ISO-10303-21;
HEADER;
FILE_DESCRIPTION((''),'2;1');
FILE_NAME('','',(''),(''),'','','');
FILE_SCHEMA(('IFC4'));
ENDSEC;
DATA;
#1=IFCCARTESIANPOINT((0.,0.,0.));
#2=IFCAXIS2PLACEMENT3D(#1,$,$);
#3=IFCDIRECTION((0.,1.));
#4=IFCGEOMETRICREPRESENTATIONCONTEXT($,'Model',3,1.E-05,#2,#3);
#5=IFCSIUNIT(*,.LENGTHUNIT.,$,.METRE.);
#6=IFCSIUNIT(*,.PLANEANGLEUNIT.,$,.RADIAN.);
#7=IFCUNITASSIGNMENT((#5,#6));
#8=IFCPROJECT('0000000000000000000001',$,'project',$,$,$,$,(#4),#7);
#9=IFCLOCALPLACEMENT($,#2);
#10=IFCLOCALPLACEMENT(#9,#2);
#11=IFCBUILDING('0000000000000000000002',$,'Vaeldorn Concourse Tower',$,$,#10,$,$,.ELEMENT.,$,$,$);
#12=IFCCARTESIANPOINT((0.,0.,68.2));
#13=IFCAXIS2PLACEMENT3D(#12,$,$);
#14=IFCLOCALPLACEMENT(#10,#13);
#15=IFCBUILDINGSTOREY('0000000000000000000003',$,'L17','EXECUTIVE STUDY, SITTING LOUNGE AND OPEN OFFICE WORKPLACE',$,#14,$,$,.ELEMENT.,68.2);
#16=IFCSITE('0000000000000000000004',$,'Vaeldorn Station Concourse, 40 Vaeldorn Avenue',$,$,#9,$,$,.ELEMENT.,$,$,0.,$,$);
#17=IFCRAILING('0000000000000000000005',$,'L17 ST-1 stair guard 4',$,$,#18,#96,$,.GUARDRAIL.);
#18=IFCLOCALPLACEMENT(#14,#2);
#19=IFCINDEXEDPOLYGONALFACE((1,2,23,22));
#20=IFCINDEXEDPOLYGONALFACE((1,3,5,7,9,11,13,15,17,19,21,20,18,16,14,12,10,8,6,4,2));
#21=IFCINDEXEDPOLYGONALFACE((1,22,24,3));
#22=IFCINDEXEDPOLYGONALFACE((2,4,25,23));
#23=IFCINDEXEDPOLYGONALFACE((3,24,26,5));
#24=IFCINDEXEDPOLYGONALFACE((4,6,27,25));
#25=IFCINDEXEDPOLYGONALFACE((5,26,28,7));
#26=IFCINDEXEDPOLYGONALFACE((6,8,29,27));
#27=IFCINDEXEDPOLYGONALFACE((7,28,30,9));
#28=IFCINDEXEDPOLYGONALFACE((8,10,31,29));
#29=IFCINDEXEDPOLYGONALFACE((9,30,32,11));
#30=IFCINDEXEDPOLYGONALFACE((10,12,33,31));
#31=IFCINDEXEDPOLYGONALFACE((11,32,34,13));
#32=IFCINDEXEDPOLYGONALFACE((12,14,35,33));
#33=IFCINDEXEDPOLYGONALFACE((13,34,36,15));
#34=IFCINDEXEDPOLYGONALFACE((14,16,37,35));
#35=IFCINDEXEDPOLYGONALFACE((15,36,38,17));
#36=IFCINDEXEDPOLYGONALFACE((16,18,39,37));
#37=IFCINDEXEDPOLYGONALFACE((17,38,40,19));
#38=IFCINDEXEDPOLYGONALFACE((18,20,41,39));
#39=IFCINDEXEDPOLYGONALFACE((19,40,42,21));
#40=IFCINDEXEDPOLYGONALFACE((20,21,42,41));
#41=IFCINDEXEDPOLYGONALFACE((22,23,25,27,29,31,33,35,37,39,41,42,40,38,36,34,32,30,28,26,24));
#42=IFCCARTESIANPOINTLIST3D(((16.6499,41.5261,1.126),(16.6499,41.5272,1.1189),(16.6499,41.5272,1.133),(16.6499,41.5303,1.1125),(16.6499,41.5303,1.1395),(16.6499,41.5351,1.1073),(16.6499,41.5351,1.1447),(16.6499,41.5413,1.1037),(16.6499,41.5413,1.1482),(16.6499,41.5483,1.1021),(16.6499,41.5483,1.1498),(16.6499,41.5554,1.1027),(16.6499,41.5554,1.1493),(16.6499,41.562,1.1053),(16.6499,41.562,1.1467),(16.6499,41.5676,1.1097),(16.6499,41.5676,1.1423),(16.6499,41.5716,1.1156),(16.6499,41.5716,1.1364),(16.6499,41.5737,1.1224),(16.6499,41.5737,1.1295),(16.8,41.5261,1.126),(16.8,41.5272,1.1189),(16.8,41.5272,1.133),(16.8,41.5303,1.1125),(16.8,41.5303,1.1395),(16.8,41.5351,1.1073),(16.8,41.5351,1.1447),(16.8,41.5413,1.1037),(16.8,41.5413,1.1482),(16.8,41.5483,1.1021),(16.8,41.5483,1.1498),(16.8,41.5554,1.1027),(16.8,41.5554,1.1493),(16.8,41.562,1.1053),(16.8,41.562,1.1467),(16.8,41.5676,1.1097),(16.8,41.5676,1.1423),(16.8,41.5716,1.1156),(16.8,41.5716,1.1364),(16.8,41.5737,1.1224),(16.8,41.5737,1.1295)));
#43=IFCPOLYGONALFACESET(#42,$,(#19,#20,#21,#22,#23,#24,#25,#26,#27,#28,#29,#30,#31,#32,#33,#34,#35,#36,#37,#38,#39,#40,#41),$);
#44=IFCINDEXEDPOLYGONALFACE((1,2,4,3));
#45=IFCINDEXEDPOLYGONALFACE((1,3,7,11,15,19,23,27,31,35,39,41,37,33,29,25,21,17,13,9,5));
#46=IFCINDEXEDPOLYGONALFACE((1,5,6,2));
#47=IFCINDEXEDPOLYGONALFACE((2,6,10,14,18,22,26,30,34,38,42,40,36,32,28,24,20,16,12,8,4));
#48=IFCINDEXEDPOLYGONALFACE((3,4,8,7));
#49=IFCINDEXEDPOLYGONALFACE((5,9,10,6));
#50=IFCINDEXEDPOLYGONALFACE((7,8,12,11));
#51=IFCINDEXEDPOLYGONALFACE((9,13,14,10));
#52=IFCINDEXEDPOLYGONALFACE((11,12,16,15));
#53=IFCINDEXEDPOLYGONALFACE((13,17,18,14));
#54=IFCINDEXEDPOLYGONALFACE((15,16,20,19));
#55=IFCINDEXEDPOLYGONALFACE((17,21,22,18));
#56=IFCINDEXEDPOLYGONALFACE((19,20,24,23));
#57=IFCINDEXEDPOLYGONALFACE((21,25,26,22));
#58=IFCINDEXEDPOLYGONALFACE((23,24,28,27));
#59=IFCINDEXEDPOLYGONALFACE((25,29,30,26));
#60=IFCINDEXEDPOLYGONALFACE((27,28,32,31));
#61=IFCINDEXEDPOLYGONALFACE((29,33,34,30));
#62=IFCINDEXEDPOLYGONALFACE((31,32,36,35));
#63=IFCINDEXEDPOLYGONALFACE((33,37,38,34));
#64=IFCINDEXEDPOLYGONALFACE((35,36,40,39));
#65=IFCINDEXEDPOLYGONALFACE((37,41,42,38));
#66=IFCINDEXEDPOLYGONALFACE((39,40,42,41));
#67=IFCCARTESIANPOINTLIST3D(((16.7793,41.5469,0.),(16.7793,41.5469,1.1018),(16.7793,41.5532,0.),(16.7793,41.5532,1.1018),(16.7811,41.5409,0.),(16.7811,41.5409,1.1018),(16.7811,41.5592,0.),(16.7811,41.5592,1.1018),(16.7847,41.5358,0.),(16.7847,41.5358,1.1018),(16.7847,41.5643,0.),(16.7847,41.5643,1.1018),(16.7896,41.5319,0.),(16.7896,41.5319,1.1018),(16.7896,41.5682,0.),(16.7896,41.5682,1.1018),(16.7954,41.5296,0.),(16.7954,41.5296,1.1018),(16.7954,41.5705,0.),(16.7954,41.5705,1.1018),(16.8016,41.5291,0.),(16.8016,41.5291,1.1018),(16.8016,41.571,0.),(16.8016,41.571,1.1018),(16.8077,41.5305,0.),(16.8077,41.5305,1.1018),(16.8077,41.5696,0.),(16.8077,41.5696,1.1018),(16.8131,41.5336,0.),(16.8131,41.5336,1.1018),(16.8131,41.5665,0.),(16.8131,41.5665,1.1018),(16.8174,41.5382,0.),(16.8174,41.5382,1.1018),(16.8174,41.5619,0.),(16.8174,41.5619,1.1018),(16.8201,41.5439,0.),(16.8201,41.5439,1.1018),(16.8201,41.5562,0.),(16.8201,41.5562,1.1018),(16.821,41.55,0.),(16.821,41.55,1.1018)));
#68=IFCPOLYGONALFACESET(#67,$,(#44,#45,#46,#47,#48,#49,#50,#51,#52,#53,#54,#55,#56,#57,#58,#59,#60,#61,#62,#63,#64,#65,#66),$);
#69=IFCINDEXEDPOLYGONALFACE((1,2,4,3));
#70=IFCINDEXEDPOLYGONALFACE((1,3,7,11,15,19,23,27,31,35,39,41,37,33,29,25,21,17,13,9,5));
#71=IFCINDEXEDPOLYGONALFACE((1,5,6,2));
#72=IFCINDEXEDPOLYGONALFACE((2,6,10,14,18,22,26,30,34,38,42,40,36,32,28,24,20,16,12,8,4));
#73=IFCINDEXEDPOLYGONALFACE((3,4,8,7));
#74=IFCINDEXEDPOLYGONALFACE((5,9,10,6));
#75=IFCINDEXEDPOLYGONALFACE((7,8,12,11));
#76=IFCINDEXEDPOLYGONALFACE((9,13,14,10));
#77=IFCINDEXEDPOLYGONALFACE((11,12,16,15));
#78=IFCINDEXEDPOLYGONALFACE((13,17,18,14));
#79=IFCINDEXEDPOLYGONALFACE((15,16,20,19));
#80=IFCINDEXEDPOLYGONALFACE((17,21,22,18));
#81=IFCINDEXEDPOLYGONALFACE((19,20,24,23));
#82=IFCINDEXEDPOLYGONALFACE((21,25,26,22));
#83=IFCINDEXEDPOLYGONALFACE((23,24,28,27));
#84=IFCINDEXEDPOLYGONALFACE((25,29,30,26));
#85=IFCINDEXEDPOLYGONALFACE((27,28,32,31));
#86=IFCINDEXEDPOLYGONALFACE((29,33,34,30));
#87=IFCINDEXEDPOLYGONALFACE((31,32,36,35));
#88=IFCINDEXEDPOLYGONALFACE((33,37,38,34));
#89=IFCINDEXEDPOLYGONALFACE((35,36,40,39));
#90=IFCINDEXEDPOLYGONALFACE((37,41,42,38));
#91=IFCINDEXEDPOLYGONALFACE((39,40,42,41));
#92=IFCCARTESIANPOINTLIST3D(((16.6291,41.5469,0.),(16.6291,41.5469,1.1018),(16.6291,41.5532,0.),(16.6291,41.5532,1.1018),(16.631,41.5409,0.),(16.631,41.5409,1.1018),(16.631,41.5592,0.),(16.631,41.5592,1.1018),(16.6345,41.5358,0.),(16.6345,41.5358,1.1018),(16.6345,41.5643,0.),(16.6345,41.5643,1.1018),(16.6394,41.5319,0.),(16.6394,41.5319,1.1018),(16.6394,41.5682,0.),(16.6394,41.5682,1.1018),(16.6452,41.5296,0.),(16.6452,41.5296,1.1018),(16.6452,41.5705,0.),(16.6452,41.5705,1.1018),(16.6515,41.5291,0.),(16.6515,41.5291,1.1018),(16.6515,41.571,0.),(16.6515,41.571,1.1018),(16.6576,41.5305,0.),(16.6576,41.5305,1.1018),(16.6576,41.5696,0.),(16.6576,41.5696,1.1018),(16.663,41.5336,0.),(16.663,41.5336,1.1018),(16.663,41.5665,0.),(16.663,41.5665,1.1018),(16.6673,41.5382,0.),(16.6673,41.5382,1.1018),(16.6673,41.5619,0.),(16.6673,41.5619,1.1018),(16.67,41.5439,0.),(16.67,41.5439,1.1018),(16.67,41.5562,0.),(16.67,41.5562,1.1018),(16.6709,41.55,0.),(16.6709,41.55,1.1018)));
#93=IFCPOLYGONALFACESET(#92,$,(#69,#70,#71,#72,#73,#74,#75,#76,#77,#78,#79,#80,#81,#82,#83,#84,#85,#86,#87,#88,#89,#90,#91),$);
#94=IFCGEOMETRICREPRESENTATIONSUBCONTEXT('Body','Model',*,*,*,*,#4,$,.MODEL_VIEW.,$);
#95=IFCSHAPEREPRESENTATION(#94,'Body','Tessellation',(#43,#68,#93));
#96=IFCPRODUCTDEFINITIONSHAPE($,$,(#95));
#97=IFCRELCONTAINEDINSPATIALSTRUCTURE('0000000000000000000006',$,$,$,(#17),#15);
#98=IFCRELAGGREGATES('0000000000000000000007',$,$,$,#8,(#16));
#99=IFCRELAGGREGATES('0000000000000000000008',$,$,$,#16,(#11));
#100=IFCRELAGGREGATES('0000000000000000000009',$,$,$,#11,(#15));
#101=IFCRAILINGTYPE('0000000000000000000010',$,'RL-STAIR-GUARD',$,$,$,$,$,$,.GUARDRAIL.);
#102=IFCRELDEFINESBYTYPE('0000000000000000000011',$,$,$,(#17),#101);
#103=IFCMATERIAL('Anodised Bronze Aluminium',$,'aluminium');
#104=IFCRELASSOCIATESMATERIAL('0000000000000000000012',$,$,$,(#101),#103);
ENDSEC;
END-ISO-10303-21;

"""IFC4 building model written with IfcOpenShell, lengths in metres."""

from ifc_helpers import new_model, si_unit, direction, frame, origin, origin_2d, place, context, subcontext, project, spatial, circle, extrude, material, type_object, element, save


model = new_model("IFC4")

# Units and contexts
model_context = context("Model", 3, precision=1e-05, world=origin(), true_north=direction((0.0, 1.0)))
body_context = subcontext(model_context, "Body", "Model", "MODEL_VIEW")
ifc_project = project(units=[si_unit("LENGTHUNIT", "METRE"), si_unit("PLANEANGLEUNIT", "RADIAN")], contexts=[model_context])

# Site, building, storey
site_placement = place(None, origin())
site = spatial("IfcSite", under=ifc_project, at=site_placement, Name="Vaeldorn Station Concourse, 40 Vaeldorn Avenue", CompositionType="ELEMENT", RefElevation=0.0)
building_placement = place(site_placement, origin())
building = spatial("IfcBuilding", under=site, at=building_placement, Name="Vaeldorn Concourse Tower", CompositionType="ELEMENT")
storey_placement = place(building_placement, frame((0.0, 0.0, 68.2)))
storey = spatial("IfcBuildingStorey", under=building, at=storey_placement, Name="L17", Description="EXECUTIVE STUDY, SITTING LOUNGE AND OPEN OFFICE WORKPLACE", CompositionType="ELEMENT", Elevation=68.2)

# Shared definitions
ifc_material_1 = material(Name="Anodised Bronze Aluminium", Category="aluminium")

# Railing
railing_type_1 = type_object("IfcRailingType", Name="RL-STAIR-GUARD", PredefinedType="GUARDRAIL", material=ifc_material_1)
railing_1_placement = place(storey_placement, frame((16.8, 41.55, 0.0)))
element("IfcRailing", 1, at=railing_1_placement, inside=storey, type_object=railing_type_1, Name="L17 ST-1 stair guard 4", PredefinedType="GUARDRAIL", context=body_context, shape_type="SweptSolid", body=[
    extrude(circle(Radius=0.0239, at=origin_2d()), frame((0.0, 0.0, 1.126), z_axis=(-1.0, 0.0, 0.0), x_axis=(0.0, -1.0, 0.0)), (0.0, 0.0, 1.0), 0.1501),
    extrude(circle(Radius=0.021, at=origin_2d()), origin(), (0.0, 0.0, 1.0), 1.1018),
    extrude(circle(Radius=0.021, at=origin_2d()), frame((-0.1501, 0.0, 0.0)), (0.0, 0.0, 1.0), 1.1018),
])

save(model, "model.ifc")
